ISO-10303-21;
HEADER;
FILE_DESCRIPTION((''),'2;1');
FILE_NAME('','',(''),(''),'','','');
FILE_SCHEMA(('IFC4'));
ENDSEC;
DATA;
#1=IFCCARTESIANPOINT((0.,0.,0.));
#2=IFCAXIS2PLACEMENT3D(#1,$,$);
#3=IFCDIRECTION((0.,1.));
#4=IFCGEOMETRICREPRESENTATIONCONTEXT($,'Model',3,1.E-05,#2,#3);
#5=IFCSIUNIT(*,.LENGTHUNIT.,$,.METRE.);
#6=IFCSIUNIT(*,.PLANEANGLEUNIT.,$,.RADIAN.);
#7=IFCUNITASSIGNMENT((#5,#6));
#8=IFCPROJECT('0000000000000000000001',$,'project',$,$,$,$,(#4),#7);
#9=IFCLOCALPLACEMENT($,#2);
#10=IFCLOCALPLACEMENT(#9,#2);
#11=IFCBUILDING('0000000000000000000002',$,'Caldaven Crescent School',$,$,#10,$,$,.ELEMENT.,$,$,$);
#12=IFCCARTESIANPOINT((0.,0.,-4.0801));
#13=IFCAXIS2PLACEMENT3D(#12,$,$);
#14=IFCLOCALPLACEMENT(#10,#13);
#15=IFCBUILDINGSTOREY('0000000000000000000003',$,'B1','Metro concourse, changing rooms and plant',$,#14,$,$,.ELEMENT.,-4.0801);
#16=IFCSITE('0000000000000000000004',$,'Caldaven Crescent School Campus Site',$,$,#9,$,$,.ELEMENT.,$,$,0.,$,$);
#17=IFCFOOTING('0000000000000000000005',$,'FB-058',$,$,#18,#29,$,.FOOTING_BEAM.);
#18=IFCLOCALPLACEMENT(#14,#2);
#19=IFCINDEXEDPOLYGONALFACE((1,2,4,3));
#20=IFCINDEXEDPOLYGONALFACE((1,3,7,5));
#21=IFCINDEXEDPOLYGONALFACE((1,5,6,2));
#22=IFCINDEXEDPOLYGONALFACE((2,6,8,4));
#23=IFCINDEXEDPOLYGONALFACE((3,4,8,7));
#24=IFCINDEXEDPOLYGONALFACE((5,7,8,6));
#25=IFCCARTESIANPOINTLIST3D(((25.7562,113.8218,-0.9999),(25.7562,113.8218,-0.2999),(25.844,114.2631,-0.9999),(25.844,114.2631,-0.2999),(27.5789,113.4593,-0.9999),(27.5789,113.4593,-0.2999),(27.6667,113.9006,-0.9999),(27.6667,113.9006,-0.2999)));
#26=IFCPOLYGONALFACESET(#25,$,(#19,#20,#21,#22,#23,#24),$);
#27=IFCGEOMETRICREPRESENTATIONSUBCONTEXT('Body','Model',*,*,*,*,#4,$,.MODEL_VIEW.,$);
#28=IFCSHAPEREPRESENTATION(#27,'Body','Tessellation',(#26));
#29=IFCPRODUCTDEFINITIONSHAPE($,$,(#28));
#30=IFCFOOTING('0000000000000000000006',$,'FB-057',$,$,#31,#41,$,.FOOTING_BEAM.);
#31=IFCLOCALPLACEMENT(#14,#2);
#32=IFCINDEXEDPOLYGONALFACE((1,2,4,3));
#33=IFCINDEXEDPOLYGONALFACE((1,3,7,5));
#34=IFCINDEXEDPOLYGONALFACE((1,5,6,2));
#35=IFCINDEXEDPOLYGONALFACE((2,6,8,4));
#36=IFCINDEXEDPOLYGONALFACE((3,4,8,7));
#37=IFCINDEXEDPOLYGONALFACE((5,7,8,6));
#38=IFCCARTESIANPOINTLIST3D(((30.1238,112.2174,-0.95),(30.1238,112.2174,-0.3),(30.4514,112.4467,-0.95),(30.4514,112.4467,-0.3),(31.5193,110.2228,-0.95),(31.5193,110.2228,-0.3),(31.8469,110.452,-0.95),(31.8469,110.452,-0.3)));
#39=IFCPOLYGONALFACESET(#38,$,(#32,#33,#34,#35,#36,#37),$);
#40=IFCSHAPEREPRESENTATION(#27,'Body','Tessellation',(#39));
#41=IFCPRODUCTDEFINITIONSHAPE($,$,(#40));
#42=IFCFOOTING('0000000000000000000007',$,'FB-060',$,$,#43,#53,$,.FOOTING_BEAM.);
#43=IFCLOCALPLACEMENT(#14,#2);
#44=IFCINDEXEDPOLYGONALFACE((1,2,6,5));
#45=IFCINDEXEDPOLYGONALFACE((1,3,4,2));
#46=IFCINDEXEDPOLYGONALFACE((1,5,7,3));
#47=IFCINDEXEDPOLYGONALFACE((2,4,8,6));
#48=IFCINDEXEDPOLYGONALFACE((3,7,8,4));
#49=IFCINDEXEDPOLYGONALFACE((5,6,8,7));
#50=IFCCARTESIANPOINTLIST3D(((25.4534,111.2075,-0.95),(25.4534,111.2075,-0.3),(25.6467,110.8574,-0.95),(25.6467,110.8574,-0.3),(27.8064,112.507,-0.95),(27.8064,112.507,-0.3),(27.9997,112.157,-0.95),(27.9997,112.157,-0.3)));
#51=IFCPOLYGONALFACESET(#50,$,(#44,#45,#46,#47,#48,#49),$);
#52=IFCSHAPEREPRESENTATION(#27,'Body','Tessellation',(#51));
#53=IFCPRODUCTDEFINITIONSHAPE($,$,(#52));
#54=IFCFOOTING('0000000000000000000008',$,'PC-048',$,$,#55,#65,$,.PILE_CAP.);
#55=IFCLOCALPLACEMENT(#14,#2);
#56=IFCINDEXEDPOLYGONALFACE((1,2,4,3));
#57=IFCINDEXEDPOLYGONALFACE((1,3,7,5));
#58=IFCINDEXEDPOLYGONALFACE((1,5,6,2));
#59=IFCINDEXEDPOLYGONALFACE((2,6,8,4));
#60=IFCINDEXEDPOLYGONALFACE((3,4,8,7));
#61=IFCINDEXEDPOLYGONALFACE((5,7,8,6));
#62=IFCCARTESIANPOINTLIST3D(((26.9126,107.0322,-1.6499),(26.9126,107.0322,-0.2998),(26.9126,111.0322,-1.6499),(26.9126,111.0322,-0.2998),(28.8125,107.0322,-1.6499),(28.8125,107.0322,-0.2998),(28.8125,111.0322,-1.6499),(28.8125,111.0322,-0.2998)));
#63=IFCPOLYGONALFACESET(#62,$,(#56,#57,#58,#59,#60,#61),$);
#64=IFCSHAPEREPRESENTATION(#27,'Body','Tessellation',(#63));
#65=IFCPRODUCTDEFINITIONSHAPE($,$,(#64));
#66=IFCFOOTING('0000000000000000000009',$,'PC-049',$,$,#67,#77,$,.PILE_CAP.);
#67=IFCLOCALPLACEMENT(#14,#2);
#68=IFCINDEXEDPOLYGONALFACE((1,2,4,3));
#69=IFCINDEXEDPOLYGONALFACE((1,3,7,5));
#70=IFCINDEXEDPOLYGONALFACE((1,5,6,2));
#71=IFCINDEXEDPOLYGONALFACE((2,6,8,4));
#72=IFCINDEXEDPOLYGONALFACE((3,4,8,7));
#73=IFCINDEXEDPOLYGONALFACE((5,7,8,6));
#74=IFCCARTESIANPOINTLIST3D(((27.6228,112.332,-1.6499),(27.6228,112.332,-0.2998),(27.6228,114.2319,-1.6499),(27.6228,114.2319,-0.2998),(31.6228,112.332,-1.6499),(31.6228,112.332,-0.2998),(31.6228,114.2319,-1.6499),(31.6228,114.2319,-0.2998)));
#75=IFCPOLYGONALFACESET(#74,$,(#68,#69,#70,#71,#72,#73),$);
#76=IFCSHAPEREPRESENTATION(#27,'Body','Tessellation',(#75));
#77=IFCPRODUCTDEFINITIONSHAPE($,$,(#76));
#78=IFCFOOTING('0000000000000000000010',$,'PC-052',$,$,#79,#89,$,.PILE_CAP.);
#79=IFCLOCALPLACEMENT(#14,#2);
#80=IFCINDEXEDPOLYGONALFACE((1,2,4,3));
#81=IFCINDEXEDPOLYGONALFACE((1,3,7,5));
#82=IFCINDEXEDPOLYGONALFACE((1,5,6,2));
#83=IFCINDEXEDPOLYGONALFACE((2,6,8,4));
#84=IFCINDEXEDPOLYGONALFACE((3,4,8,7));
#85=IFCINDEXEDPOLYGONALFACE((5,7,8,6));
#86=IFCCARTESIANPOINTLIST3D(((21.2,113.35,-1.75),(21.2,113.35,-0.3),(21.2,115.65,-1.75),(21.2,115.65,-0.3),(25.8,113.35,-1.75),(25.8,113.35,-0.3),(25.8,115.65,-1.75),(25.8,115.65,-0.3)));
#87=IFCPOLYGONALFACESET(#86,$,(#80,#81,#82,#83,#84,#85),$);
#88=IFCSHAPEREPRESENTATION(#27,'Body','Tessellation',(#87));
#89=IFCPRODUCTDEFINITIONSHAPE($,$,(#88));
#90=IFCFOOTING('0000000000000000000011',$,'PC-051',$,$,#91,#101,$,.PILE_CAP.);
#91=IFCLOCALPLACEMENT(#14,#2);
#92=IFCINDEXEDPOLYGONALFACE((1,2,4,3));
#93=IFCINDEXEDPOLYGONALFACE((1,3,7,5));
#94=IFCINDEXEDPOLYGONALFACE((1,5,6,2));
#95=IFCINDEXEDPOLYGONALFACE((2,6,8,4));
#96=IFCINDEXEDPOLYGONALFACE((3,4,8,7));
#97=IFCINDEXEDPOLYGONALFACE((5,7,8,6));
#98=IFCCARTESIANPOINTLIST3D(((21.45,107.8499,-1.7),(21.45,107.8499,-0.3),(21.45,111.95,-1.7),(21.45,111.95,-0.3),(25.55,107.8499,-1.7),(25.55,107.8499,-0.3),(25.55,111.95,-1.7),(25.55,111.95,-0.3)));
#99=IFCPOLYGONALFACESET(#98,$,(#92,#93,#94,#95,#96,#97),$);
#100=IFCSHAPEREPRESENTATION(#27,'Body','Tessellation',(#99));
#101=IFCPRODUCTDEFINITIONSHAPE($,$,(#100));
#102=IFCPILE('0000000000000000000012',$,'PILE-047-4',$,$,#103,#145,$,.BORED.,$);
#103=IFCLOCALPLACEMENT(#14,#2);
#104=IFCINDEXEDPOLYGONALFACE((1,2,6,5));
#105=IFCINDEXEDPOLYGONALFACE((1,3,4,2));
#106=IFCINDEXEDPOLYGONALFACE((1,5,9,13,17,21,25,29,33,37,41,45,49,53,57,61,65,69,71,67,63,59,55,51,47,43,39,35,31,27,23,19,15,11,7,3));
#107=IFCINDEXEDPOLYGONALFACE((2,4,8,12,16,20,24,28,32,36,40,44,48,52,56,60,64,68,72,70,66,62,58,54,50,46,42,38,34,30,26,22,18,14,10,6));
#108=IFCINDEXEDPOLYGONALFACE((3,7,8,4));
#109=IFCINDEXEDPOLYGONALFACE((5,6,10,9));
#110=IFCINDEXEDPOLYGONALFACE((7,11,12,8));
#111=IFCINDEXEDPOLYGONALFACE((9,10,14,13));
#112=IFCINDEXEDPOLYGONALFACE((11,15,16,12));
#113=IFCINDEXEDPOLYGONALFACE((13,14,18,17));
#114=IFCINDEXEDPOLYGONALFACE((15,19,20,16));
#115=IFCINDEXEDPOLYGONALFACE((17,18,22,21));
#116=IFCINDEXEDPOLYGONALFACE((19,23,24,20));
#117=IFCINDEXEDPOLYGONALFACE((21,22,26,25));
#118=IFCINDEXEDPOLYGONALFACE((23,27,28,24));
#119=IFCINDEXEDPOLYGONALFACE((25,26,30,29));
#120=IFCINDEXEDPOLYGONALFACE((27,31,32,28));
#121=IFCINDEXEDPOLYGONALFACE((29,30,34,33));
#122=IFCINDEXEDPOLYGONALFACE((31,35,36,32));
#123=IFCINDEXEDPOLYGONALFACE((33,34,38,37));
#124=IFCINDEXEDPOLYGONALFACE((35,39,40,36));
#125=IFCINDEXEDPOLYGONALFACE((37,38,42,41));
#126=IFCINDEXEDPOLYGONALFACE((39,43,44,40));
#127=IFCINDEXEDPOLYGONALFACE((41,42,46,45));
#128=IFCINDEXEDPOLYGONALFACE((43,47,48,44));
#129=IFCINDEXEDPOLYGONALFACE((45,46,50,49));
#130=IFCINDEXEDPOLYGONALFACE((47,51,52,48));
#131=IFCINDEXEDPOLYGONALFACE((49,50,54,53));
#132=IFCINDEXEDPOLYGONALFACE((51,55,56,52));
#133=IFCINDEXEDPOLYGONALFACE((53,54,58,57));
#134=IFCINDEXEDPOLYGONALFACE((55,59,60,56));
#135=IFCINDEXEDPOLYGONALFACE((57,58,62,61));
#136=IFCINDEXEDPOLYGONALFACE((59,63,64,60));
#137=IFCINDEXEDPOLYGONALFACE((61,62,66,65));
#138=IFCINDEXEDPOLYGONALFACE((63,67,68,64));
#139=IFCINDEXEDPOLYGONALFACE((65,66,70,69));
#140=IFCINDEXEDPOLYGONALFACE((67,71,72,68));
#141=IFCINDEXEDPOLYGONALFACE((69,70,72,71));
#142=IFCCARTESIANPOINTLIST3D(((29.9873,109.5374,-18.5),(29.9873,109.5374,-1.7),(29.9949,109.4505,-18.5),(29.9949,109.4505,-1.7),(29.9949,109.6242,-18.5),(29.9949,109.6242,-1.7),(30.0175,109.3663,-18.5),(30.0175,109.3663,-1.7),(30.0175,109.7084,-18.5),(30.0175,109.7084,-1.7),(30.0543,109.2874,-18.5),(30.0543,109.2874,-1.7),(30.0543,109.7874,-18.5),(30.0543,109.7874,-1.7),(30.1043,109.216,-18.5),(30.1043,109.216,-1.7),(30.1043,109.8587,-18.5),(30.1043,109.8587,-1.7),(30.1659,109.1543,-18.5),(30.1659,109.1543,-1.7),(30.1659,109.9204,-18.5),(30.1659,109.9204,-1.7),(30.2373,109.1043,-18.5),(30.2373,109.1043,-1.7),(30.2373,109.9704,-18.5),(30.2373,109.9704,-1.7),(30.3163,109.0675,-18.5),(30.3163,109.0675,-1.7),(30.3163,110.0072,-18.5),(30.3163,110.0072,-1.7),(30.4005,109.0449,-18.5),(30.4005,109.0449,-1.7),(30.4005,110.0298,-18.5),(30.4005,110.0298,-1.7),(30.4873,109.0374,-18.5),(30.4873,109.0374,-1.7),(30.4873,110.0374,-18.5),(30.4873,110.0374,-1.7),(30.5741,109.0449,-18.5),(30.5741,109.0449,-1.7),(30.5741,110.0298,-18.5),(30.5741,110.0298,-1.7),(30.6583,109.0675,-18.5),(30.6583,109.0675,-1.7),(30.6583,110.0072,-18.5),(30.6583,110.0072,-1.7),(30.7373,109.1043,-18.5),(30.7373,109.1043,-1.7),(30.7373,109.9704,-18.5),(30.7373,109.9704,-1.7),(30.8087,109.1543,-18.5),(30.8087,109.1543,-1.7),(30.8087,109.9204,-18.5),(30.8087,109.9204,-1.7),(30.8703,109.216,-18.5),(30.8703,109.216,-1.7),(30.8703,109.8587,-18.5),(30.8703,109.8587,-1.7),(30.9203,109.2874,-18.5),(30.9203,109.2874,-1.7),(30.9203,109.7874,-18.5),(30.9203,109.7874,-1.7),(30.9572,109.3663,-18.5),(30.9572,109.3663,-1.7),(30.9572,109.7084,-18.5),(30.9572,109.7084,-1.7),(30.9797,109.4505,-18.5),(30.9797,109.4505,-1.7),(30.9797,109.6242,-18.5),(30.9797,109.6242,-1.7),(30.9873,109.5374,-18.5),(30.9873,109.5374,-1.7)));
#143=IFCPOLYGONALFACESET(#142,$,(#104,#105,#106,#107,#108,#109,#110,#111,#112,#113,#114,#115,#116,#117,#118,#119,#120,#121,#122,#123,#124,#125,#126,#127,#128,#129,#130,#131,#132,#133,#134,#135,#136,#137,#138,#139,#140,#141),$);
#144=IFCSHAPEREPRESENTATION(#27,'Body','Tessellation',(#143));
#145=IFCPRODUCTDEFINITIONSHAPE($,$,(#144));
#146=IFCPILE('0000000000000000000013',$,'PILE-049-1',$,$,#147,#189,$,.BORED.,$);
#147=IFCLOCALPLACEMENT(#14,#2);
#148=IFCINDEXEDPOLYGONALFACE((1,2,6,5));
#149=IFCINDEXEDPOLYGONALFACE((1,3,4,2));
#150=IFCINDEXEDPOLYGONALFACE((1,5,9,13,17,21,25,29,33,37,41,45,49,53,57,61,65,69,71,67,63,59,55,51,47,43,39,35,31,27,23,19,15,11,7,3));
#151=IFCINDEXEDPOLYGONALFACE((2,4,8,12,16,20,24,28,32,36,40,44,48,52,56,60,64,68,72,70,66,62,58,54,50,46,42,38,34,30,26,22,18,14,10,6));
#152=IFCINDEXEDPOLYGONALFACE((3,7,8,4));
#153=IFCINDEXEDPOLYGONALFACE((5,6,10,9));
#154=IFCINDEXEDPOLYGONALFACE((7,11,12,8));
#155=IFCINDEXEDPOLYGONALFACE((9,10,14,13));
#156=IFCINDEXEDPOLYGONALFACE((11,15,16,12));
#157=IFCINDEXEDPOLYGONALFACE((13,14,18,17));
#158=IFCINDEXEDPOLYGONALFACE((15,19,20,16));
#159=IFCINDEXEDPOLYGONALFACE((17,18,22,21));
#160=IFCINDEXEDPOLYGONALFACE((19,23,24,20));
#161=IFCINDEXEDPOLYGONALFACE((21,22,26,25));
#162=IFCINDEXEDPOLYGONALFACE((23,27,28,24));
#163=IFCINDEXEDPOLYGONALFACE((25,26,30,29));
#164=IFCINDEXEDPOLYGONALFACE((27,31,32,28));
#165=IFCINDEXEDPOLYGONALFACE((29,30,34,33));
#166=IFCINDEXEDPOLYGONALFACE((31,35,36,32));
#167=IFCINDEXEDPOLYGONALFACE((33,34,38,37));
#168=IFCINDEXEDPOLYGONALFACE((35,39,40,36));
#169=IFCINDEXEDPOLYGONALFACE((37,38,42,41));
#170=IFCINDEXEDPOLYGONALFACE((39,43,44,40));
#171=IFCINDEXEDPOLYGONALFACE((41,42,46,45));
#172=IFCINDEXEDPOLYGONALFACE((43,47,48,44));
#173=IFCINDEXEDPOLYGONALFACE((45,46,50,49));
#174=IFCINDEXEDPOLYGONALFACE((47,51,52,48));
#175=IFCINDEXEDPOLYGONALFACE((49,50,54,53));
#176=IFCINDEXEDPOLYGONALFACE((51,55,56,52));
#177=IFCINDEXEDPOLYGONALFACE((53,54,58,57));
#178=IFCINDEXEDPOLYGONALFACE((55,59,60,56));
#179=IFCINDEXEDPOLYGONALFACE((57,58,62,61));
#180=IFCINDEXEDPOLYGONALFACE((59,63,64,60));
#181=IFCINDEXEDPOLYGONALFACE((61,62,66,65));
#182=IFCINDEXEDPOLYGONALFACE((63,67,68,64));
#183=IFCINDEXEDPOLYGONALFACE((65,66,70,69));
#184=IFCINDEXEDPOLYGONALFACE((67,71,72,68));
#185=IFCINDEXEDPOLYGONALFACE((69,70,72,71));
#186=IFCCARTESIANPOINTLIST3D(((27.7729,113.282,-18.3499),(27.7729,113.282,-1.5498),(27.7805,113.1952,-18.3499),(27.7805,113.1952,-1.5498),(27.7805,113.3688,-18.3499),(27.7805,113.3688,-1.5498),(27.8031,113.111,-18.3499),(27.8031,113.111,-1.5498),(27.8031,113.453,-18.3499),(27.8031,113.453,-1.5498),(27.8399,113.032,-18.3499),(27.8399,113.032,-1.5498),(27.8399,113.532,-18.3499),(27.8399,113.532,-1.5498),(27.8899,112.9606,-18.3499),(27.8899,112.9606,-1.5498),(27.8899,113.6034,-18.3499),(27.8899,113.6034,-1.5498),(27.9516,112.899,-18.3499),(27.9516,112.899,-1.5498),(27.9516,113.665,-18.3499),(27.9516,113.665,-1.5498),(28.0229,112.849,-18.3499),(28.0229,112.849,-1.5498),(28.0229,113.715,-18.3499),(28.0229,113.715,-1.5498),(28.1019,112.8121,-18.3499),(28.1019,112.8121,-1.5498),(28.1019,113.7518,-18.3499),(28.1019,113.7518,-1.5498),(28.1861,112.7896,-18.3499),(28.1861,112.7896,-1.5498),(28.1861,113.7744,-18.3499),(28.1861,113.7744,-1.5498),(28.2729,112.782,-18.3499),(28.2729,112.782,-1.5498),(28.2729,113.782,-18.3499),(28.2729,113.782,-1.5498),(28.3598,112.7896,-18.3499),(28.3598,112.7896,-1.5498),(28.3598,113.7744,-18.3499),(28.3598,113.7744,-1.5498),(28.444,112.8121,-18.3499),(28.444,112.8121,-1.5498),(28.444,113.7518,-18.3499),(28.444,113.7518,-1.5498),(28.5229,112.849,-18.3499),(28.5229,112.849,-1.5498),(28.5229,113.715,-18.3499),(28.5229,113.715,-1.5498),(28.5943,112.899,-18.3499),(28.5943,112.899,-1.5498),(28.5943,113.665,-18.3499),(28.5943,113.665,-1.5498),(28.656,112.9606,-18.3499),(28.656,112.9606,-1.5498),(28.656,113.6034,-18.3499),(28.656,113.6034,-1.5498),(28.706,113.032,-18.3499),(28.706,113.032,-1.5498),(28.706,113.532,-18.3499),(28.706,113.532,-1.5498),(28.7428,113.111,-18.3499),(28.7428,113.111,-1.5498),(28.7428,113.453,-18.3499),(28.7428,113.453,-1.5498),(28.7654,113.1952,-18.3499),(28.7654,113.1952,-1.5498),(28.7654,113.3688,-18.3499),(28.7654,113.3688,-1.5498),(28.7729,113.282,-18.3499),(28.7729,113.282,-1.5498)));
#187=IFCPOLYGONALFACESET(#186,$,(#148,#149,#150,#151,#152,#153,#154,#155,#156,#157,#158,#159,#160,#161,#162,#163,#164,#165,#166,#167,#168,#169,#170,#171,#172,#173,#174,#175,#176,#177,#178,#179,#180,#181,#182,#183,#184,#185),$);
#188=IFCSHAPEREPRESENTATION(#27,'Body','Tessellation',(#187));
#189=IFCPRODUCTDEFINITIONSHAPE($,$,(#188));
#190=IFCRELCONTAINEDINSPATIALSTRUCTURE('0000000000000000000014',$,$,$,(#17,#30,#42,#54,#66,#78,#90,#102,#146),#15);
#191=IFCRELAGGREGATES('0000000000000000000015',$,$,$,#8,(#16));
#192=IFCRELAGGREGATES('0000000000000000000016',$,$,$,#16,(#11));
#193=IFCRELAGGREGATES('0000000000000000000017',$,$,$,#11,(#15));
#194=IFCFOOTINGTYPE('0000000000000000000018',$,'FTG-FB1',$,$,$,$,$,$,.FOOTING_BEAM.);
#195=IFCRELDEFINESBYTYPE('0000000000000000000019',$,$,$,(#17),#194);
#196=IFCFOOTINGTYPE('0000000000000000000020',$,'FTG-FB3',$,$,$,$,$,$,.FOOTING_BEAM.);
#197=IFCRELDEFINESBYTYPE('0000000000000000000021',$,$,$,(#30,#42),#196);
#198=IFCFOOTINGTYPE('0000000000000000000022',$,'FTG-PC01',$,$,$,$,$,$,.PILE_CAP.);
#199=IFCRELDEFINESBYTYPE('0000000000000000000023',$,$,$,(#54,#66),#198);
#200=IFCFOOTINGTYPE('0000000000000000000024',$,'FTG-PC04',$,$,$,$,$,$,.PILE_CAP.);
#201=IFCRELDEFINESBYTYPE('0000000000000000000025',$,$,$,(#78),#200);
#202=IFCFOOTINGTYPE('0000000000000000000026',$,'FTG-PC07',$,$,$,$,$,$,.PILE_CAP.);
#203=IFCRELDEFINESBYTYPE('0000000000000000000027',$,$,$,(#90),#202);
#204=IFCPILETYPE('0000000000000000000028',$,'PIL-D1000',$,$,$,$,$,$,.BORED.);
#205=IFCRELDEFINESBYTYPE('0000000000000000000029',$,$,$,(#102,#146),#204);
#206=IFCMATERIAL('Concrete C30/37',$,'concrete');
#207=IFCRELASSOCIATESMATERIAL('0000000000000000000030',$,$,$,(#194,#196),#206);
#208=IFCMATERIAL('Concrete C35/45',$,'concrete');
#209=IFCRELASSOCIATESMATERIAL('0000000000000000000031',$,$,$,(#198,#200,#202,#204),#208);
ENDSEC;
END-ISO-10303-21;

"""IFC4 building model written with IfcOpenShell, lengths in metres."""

from ifc_helpers import new_model, si_unit, direction, frame, origin, origin_2d, place, context, subcontext, project, spatial, rectangle, circle, extrude, material, material_profile, profile_set, type_object, element, save


model = new_model("IFC4")

# Units and contexts
model_context = context("Model", 3, precision=1e-05, world=origin(), true_north=direction((0.0, 1.0)))
body_context = subcontext(model_context, "Body", "Model", "MODEL_VIEW")
ifc_project = project(units=[si_unit("LENGTHUNIT", "METRE"), si_unit("PLANEANGLEUNIT", "RADIAN")], contexts=[model_context])

# Site, building, storey
site_placement = place(None, origin())
site = spatial("IfcSite", under=ifc_project, at=site_placement, Name="Caldaven Crescent School Campus Site", CompositionType="ELEMENT", RefElevation=0.0)
building_placement = place(site_placement, origin())
building = spatial("IfcBuilding", under=site, at=building_placement, Name="Caldaven Crescent School", CompositionType="ELEMENT")
storey_placement = place(building_placement, frame((0.0, 0.0, -4.0801)))
storey = spatial("IfcBuildingStorey", under=building, at=storey_placement, Name="B1", Description="Metro concourse, changing rooms and plant", CompositionType="ELEMENT", Elevation=-4.0801)

# Footings
ifc_material_1 = material(Name="Concrete C30/37", Category="concrete")
ifc_material_profile_1 = material_profile(ifc_material_1, rectangle(XDim=0.45, YDim=0.7, at=origin_2d()), Name="FB 450x700")
ifc_profile_set_1 = profile_set([ifc_material_profile_1], Name="Concrete C30/37")
footing_type_1 = type_object("IfcFootingType", Name="FTG-FB1", PredefinedType="FOOTING_BEAM", material=ifc_profile_set_1)
footing_1_placement = place(storey_placement, frame((27.6228, 113.6799, -0.6499), z_axis=(-0.980787, 0.19508, 0.0), x_axis=(-0.19508, -0.980787, 0.0)))
element("IfcFooting", 1, at=footing_1_placement, inside=storey, type_object=footing_type_1, Name="FB-058", PredefinedType="FOOTING_BEAM", context=body_context, shape_type="SweptSolid", body=[
    extrude(rectangle(XDim=0.45, YDim=0.7, at=origin_2d()), origin(), (0.0, 0.0, 1.0), 1.8584),
])
ifc_material_profile_2 = material_profile(ifc_material_1, rectangle(XDim=0.3999, YDim=0.6499, at=origin_2d()), Name="FB 400x650")
ifc_profile_set_2 = profile_set([ifc_material_profile_2], Name="Concrete C30/37")
footing_type_2 = type_object("IfcFootingType", Name="FTG-FB3", PredefinedType="FOOTING_BEAM", material=ifc_profile_set_2)
footing_2_placement = place(storey_placement, frame((30.2876, 112.332, -0.625), z_axis=(0.57326, -0.819373, 0.0), x_axis=(0.819373, 0.57326, 0.0)))
element("IfcFooting", 2, at=footing_2_placement, inside=storey, type_object=footing_type_2, Name="FB-057", PredefinedType="FOOTING_BEAM", context=body_context, shape_type="SweptSolid", body=[
    extrude(rectangle(XDim=0.3999, YDim=0.6499, at=origin_2d()), origin(), (0.0, 0.0, 1.0), 2.4343),
])
footing_3_placement = place(storey_placement, frame((25.55, 111.0325, -0.625), z_axis=(0.875367, 0.483459, 0.0), x_axis=(-0.483459, 0.875367, 0.0)))
element("IfcFooting", 3, at=footing_3_placement, inside=storey, type_object=footing_type_2, Name="FB-060", PredefinedType="FOOTING_BEAM", context=body_context, shape_type="SweptSolid", body=[
    extrude(rectangle(XDim=0.3999, YDim=0.6499, at=origin_2d()), origin(), (0.0, 0.0, 1.0), 2.688),
])
ifc_material_2 = material(Name="Concrete C35/45", Category="concrete")
footing_type_3 = type_object("IfcFootingType", Name="FTG-PC01", PredefinedType="PILE_CAP", material=ifc_material_2)
for number, where, z_axis, x_axis, name in (
    (4, (27.8625, 109.0322, -1.6499), (0.0, 0.0, 1.0), (0.0, 1.0, 0.0), "PC-048"),
    (5, (29.6228, 113.282, -1.6499), (0.0, 0.0, 1.0), (1.0, 0.0, 0.0), "PC-049"),
):
    element("IfcFooting", number, at=place(storey_placement, frame(where, z_axis=z_axis, x_axis=x_axis)), inside=storey, type_object=footing_type_3, Name=name, PredefinedType="PILE_CAP", context=body_context, shape_type="SweptSolid", body=[
        extrude(rectangle(XDim=4.0, YDim=1.8999, at=origin_2d()), origin(), (0.0, 0.0, 1.0), 1.3501),
    ])
footing_type_4 = type_object("IfcFootingType", Name="FTG-PC04", PredefinedType="PILE_CAP", material=ifc_material_2)
footing_4_placement = place(storey_placement, frame((23.5, 114.5, -1.75), z_axis=(0.0, 0.0, 1.0), x_axis=(1.0, 0.0, 0.0)))
element("IfcFooting", 6, at=footing_4_placement, inside=storey, type_object=footing_type_4, Name="PC-052", PredefinedType="PILE_CAP", context=body_context, shape_type="SweptSolid", body=[
    extrude(rectangle(XDim=4.6001, YDim=2.3, at=origin_2d()), origin(), (0.0, 0.0, 1.0), 1.45),
])
footing_type_5 = type_object("IfcFootingType", Name="FTG-PC07", PredefinedType="PILE_CAP", material=ifc_material_2)
footing_5_placement = place(storey_placement, frame((23.5, 109.8999, -1.7), z_axis=(0.0, 0.0, 1.0), x_axis=(1.0, 0.0, 0.0)))
element("IfcFooting", 7, at=footing_5_placement, inside=storey, type_object=footing_type_5, Name="PC-051", PredefinedType="PILE_CAP", context=body_context, shape_type="SweptSolid", body=[
    extrude(rectangle(XDim=4.1001, YDim=4.1001, at=origin_2d()), origin(), (0.0, 0.0, 1.0), 1.3999),
])

# Piles
ifc_material_profile_3 = material_profile(ifc_material_2, circle(Radius=0.5, at=origin_2d()), Name="PILE D1000")
ifc_profile_set_3 = profile_set([ifc_material_profile_3], Name="Concrete C35/45")
pile_type_1 = type_object("IfcPileType", Name="PIL-D1000", PredefinedType="BORED", material=ifc_profile_set_3)
for number, where, z_axis, x_axis, name in (
    (8, (30.4873, 109.5374, -1.7), (0.0, 0.0, -1.0), (1.0, 0.0, 0.0), "PILE-047-4"),
    (9, (28.2729, 113.282, -1.5498), (0.0, 0.0, -1.0), (1.0, 0.0, 0.0), "PILE-049-1"),
):
    element("IfcPile", number, at=place(storey_placement, frame(where, z_axis=z_axis, x_axis=x_axis)), inside=storey, type_object=pile_type_1, Name=name, PredefinedType="BORED", context=body_context, shape_type="SweptSolid", body=[
        extrude(circle(Radius=0.5, at=origin_2d()), origin(), (0.0, 0.0, 1.0), 16.8),
    ])

save(model, "model.ifc")
